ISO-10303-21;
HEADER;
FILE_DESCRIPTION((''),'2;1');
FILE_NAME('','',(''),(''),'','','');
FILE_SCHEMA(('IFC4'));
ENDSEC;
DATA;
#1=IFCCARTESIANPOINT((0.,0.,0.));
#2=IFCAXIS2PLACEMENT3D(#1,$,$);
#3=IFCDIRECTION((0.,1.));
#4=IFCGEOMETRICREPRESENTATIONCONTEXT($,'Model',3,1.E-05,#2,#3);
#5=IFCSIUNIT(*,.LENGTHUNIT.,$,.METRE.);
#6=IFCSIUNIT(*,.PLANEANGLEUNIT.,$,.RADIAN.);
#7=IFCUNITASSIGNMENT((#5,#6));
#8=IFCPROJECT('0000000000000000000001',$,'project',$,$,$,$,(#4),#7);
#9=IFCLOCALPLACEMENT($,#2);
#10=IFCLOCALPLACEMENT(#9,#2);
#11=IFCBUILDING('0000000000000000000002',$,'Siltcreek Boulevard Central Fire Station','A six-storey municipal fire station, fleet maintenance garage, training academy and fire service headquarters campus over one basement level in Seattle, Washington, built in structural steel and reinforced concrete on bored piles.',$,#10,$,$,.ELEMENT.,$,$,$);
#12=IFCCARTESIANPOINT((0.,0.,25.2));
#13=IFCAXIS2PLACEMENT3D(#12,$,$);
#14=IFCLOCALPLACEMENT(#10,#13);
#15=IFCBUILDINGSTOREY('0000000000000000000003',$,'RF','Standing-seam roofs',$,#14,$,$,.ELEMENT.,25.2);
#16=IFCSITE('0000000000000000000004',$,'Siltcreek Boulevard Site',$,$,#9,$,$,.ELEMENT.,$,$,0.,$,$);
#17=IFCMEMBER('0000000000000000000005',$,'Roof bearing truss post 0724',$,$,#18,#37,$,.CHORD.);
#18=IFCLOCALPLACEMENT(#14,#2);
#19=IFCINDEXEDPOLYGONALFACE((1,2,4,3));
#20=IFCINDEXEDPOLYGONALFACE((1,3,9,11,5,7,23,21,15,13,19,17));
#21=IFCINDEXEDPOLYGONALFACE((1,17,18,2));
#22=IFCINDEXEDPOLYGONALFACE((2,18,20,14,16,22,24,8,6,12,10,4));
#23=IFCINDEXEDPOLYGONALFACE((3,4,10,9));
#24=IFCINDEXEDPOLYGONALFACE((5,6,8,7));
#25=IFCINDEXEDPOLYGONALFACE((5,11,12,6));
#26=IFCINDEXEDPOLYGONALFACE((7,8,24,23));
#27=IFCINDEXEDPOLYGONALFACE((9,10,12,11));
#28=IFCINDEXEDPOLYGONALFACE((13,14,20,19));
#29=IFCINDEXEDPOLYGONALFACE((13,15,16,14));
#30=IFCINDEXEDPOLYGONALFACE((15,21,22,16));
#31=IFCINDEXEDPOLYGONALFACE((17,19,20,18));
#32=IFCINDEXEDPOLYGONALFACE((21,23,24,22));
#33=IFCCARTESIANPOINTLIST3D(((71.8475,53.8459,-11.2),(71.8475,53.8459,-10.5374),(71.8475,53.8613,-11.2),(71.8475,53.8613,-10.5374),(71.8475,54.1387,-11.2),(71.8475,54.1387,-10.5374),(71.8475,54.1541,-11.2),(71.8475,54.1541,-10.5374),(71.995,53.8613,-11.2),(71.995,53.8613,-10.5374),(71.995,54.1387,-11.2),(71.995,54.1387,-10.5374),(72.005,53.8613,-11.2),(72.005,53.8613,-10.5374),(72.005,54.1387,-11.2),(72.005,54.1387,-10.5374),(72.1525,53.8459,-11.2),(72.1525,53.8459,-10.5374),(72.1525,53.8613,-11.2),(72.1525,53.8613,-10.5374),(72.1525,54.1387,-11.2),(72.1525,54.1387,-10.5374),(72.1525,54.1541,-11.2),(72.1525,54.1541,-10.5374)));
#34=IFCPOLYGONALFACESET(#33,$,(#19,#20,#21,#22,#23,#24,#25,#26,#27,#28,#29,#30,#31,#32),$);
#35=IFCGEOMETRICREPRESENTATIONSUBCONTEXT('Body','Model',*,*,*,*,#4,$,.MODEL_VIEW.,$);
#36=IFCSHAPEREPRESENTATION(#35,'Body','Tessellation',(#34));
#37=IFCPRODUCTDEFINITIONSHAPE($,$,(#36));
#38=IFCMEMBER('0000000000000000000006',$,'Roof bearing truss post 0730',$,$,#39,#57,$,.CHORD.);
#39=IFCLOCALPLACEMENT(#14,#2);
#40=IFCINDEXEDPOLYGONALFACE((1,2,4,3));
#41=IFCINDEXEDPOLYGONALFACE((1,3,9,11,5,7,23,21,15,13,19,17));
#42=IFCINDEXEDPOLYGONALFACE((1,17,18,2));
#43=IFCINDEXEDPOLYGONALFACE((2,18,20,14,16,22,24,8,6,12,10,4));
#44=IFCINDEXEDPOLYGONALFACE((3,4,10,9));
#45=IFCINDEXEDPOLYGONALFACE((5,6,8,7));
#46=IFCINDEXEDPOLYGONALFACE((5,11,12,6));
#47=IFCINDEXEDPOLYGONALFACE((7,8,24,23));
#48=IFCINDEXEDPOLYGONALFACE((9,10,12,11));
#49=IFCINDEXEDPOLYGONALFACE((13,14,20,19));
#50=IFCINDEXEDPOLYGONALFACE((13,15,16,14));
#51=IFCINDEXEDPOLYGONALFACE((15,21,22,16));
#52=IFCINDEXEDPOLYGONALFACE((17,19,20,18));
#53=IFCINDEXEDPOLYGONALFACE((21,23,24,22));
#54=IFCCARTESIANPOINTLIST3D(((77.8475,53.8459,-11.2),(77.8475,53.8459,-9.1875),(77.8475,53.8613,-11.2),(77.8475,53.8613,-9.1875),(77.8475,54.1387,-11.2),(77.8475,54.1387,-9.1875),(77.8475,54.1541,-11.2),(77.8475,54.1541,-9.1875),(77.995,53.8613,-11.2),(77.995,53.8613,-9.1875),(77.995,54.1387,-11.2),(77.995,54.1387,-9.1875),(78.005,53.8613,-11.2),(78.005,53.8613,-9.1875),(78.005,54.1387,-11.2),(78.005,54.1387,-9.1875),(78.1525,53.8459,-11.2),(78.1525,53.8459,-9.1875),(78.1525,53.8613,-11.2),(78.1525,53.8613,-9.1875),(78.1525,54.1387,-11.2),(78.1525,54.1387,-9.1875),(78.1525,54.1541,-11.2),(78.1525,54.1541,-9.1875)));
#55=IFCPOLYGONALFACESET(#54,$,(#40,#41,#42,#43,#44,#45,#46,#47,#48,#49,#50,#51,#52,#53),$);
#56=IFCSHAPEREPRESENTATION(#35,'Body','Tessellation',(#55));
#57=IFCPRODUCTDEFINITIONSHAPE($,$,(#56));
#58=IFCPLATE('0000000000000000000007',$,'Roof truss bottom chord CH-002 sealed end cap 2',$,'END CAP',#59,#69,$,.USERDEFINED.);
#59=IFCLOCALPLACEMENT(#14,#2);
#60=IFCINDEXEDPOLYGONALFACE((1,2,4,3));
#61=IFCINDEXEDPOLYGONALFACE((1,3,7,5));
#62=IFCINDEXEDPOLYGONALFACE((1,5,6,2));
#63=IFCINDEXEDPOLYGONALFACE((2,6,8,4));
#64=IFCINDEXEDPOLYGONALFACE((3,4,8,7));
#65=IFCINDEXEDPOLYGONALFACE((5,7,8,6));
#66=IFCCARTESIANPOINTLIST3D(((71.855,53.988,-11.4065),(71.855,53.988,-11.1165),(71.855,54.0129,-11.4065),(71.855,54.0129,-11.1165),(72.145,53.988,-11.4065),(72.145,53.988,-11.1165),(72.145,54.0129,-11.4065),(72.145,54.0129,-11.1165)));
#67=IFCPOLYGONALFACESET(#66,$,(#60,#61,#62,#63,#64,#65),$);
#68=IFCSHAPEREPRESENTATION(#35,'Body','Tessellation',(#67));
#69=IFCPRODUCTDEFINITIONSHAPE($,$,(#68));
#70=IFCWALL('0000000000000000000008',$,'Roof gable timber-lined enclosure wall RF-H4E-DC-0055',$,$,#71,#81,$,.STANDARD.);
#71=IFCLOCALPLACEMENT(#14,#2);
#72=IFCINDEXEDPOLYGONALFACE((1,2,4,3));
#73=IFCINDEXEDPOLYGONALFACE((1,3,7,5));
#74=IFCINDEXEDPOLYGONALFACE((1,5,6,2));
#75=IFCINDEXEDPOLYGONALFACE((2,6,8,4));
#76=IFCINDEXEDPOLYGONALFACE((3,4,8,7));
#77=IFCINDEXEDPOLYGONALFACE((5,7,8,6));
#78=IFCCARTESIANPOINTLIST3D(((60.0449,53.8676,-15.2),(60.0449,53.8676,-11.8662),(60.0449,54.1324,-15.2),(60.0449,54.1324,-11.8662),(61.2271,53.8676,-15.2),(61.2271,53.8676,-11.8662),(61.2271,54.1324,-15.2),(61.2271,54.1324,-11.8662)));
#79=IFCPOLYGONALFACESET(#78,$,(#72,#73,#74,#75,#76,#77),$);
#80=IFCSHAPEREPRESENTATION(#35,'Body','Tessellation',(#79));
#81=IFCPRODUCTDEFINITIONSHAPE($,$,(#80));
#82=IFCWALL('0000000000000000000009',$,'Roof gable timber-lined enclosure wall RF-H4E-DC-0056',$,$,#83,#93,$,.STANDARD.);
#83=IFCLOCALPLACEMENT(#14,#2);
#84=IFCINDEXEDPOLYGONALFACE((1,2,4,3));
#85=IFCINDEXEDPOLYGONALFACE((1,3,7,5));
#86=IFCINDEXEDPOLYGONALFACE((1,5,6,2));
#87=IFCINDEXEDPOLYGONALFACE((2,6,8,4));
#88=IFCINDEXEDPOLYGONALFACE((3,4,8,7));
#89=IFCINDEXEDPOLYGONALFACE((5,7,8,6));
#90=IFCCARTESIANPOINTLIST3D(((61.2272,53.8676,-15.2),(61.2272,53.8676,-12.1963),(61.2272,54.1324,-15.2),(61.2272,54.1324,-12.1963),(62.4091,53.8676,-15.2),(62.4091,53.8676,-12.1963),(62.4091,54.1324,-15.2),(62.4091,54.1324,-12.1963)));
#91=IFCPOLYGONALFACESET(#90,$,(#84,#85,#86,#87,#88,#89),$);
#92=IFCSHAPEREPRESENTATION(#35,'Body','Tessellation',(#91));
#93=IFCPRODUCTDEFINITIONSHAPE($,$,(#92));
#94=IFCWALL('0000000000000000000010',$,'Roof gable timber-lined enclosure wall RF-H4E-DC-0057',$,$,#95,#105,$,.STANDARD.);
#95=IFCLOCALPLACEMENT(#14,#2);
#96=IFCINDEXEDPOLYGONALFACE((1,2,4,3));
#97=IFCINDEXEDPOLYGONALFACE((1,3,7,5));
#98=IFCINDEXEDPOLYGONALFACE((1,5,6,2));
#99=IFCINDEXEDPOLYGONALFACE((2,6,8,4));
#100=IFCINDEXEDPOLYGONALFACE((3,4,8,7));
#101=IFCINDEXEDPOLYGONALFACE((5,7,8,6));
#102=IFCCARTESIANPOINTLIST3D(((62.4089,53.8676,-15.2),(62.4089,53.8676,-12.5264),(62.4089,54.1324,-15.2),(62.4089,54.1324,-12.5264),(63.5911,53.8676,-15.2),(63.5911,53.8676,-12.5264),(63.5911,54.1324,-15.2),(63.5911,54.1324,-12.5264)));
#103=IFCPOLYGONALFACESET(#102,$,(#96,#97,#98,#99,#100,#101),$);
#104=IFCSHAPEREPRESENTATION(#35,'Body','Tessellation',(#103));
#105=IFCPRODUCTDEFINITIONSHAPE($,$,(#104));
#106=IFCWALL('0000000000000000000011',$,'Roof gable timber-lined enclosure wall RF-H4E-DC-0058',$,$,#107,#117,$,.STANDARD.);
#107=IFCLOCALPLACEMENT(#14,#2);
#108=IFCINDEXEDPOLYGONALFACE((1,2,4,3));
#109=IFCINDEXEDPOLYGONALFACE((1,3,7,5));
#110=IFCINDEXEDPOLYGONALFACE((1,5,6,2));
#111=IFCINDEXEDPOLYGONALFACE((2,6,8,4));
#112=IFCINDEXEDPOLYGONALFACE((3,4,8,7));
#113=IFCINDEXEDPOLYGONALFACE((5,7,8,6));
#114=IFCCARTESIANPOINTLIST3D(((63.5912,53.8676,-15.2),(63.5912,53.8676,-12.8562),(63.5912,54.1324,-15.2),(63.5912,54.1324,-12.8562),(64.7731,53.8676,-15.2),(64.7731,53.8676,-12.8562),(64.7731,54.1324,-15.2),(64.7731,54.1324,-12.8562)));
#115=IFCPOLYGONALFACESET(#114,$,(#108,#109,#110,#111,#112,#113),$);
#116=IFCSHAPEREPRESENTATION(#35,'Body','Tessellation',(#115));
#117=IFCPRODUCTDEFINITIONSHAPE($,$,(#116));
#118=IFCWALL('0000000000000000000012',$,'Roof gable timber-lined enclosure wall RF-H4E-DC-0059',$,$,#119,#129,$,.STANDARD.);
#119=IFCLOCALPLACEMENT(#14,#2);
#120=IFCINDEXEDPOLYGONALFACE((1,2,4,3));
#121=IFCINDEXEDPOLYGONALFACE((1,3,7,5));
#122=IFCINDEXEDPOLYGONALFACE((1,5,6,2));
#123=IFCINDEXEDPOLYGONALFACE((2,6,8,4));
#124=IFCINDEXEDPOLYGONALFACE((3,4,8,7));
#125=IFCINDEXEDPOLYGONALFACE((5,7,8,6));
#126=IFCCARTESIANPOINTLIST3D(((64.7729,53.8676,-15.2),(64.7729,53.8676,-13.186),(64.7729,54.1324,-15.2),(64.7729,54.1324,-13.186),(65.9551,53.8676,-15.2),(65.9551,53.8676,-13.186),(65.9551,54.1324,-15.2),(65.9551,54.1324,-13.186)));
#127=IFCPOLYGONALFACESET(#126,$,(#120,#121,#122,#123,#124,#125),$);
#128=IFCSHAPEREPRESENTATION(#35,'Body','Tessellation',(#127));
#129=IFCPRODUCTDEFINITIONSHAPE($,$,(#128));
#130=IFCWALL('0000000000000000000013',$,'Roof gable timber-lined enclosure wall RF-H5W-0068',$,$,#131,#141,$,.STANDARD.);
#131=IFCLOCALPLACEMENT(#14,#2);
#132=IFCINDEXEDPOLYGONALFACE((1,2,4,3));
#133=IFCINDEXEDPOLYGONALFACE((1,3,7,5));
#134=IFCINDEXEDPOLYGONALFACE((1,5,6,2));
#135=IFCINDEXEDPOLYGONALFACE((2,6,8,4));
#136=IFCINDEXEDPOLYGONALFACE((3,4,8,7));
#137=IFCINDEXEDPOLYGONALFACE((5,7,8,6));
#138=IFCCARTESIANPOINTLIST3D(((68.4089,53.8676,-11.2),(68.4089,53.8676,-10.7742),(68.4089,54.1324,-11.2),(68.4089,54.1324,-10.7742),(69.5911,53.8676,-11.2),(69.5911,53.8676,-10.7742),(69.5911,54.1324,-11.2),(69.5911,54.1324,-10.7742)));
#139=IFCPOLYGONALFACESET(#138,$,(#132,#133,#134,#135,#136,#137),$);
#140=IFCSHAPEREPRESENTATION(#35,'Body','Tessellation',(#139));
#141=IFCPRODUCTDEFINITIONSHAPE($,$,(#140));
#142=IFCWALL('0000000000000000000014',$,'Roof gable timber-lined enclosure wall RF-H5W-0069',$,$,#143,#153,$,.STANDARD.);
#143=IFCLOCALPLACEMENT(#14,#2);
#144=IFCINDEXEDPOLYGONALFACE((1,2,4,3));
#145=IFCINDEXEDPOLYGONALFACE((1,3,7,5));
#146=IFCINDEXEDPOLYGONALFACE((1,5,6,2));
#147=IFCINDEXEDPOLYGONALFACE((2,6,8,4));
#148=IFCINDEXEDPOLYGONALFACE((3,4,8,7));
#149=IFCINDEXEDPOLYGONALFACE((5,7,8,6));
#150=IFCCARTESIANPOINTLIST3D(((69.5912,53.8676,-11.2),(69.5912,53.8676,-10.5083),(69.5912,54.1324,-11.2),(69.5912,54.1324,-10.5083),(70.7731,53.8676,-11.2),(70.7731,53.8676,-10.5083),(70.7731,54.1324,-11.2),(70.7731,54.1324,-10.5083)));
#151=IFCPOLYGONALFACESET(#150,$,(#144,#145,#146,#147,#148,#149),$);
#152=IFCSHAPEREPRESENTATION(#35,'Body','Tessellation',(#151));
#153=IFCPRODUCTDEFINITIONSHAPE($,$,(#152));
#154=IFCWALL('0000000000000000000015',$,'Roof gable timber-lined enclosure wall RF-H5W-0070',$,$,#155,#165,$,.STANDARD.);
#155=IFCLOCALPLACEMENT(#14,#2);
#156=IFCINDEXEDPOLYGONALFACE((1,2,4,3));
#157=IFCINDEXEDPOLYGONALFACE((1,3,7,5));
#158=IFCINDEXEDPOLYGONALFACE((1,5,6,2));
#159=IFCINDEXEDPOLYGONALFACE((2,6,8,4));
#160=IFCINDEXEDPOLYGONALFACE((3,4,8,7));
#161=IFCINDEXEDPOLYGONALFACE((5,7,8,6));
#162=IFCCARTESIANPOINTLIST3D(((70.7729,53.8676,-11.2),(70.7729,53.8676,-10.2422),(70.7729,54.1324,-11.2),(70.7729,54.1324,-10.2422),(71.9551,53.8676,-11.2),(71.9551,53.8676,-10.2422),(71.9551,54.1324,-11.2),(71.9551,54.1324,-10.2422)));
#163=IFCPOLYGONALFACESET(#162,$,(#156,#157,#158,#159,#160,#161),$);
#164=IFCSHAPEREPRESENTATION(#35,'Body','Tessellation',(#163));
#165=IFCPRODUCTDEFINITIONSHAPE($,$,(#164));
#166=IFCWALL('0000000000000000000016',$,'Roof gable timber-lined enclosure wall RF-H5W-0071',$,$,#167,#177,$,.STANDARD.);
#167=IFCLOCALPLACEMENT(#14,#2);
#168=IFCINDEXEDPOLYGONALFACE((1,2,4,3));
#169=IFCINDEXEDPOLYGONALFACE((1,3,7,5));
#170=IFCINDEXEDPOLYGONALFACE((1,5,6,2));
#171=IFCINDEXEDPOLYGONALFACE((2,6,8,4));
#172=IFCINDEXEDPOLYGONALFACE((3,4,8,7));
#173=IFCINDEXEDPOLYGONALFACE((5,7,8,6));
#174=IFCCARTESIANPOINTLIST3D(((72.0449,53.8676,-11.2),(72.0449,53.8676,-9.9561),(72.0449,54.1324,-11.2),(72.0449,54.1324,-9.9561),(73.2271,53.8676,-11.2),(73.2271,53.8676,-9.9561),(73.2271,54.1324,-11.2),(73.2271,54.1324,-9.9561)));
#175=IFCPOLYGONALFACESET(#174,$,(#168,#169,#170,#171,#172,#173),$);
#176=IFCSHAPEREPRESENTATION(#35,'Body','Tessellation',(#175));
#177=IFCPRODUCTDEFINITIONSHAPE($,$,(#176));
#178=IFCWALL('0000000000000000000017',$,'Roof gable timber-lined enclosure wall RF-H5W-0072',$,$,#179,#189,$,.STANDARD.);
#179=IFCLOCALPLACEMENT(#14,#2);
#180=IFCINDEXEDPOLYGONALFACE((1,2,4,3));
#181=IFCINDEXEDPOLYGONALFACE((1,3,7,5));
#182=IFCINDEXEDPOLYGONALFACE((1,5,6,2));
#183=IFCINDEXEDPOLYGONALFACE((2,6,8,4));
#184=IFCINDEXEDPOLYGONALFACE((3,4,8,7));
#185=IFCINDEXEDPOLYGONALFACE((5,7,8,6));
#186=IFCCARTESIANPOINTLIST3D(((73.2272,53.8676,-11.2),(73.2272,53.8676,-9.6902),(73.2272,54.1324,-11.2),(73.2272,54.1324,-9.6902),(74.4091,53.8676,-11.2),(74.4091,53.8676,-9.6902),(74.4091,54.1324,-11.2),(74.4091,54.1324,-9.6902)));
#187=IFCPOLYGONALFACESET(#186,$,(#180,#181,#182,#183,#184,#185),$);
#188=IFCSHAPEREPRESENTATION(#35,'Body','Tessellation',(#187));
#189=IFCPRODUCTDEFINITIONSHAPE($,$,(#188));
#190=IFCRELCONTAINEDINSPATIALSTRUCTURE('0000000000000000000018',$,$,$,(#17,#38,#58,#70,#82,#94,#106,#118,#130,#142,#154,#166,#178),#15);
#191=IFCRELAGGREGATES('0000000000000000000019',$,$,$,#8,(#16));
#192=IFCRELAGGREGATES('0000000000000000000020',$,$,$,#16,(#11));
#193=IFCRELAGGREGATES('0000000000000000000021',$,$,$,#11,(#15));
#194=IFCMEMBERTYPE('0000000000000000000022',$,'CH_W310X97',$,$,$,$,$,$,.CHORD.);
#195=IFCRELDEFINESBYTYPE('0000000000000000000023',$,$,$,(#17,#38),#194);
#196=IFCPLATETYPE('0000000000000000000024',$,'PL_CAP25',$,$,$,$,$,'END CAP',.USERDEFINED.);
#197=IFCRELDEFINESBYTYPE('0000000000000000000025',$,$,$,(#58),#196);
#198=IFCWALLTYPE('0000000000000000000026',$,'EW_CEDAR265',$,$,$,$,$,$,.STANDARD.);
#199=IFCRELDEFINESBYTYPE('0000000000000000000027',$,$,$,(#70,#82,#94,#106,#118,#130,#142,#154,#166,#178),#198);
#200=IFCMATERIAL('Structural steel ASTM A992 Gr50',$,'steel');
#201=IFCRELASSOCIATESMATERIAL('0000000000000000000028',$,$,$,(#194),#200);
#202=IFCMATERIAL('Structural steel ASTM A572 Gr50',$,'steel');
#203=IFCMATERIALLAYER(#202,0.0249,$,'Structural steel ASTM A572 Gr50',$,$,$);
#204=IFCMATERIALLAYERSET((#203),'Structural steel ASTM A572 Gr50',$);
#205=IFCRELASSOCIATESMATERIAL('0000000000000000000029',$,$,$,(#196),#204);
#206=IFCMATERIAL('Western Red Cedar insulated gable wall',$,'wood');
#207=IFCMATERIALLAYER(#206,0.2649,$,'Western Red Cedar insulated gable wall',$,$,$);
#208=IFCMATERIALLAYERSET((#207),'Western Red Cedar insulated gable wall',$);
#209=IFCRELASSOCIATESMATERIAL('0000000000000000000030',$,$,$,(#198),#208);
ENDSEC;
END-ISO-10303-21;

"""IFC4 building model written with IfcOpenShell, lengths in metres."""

from ifc_helpers import new_model, si_unit, direction, frame, frame_2d, origin, origin_2d, place, context, subcontext, project, spatial, rectangle, i_section, extrude, material, layer, layer_set, material_profile, profile_set, type_object, element, save


model = new_model("IFC4")

# Units and contexts
model_context = context("Model", 3, precision=1e-05, world=origin(), true_north=direction((0.0, 1.0)))
body_context = subcontext(model_context, "Body", "Model", "MODEL_VIEW")
ifc_project = project(units=[si_unit("LENGTHUNIT", "METRE"), si_unit("PLANEANGLEUNIT", "RADIAN")], contexts=[model_context])

# Site, building, storey
site_placement = place(None, origin())
site = spatial("IfcSite", under=ifc_project, at=site_placement, Name="Siltcreek Boulevard Site", CompositionType="ELEMENT", RefElevation=0.0)
building_placement = place(site_placement, origin())
building = spatial("IfcBuilding", under=site, at=building_placement, Name="Siltcreek Boulevard Central Fire Station", Description="A six-storey municipal fire station, fleet maintenance garage, training academy and fire service headquarters campus over one basement level in Seattle, Washington, built in structural steel and reinforced concrete on bored piles.", CompositionType="ELEMENT")
storey_placement = place(building_placement, frame((0.0, 0.0, 25.2)))
storey = spatial("IfcBuildingStorey", under=building, at=storey_placement, Name="RF", Description="Standing-seam roofs", CompositionType="ELEMENT", Elevation=25.2)

# Members
ifc_material_1 = material(Name="Structural steel ASTM A992 Gr50", Category="steel")
ifc_material_profile = material_profile(ifc_material_1, i_section(OverallWidth=0.3049, OverallDepth=0.3081, WebThickness=0.01, FlangeThickness=0.0154, at=origin_2d()), Name="W310X97")
ifc_profile_set = profile_set([ifc_material_profile], Name="Structural steel ASTM A992 Gr50")
member_type = type_object("IfcMemberType", Name="CH_W310X97", PredefinedType="CHORD", material=ifc_profile_set)
member_1_placement = place(storey_placement, frame((72.0, 54.0, -11.2), z_axis=(0.0, 0.0, 1.0), x_axis=(1.0, 0.0, 0.0)))
element("IfcMember", 1, at=member_1_placement, inside=storey, type_object=member_type, Name="Roof bearing truss post 0724", PredefinedType="CHORD", context=body_context, shape_type="SweptSolid", body=[
    extrude(i_section(OverallWidth=0.3049, OverallDepth=0.3081, WebThickness=0.01, FlangeThickness=0.0154, at=origin_2d()), origin(), (0.0, 0.0, 1.0), 0.6626),
])
member_2_placement = place(storey_placement, frame((78.0, 54.0, -11.2), z_axis=(0.0, 0.0, 1.0), x_axis=(1.0, 0.0, 0.0)))
element("IfcMember", 2, at=member_2_placement, inside=storey, type_object=member_type, Name="Roof bearing truss post 0730", PredefinedType="CHORD", context=body_context, shape_type="SweptSolid", body=[
    extrude(i_section(OverallWidth=0.3049, OverallDepth=0.3081, WebThickness=0.01, FlangeThickness=0.0154, at=origin_2d()), origin(), (0.0, 0.0, 1.0), 2.0125),
])

# Plate
ifc_material_2 = material(Name="Structural steel ASTM A572 Gr50", Category="steel")
ifc_layer_1 = layer(ifc_material_2, 0.0249, Name="Structural steel ASTM A572 Gr50")
ifc_layer_set_1 = layer_set([ifc_layer_1], Name="Structural steel ASTM A572 Gr50")
plate_type = type_object("IfcPlateType", Name="PL_CAP25", ElementType="END CAP", PredefinedType="USERDEFINED", material=ifc_layer_set_1)
plate_placement = place(storey_placement, frame((72.0, 54.0005, -11.4065), z_axis=(0.0, 0.0, 1.0), x_axis=(0.0, 1.0, 0.0)))
element("IfcPlate", 3, at=plate_placement, inside=storey, type_object=plate_type, Name="Roof truss bottom chord CH-002 sealed end cap 2", ObjectType="END CAP", PredefinedType="USERDEFINED", context=body_context, shape_type="SweptSolid", body=[
    extrude(rectangle(XDim=0.0249, YDim=0.29, at=origin_2d()), origin(), (0.0, 0.0, 1.0), 0.29),
])

# Walls
ifc_material_3 = material(Name="Western Red Cedar insulated gable wall", Category="wood")
ifc_layer_2 = layer(ifc_material_3, 0.2649, Name="Western Red Cedar insulated gable wall")
ifc_layer_set_2 = layer_set([ifc_layer_2], Name="Western Red Cedar insulated gable wall")
wall_type = type_object("IfcWallType", Name="EW_CEDAR265", PredefinedType="STANDARD", material=ifc_layer_set_2)
wall_1_placement = place(storey_placement, frame((61.2271, 54.0, -15.2), z_axis=(0.0, 0.0, 1.0), x_axis=(-1.0, 0.0, 0.0)))
element("IfcWall", 4, at=wall_1_placement, inside=storey, type_object=wall_type, Name="Roof gable timber-lined enclosure wall RF-H4E-DC-0055", PredefinedType="STANDARD", context=body_context, shape_type="SweptSolid", body=[
    extrude(rectangle(XDim=1.1821, YDim=0.2649, at=frame_2d((0.5911, 0.0))), origin(), (0.0, 0.0, 1.0), 3.3337),
])
wall_2_placement = place(storey_placement, frame((62.4089, 54.0, -15.2), z_axis=(0.0, 0.0, 1.0), x_axis=(-1.0, 0.0, 0.0)))
element("IfcWall", 5, at=wall_2_placement, inside=storey, type_object=wall_type, Name="Roof gable timber-lined enclosure wall RF-H4E-DC-0056", PredefinedType="STANDARD", context=body_context, shape_type="SweptSolid", body=[
    extrude(rectangle(XDim=1.1819, YDim=0.2649, at=frame_2d((0.5908, 0.0))), origin(), (0.0, 0.0, 1.0), 3.0037),
])
wall_3_placement = place(storey_placement, frame((63.5911, 54.0, -15.2), z_axis=(0.0, 0.0, 1.0), x_axis=(-1.0, 0.0, 0.0)))
element("IfcWall", 6, at=wall_3_placement, inside=storey, type_object=wall_type, Name="Roof gable timber-lined enclosure wall RF-H4E-DC-0057", PredefinedType="STANDARD", context=body_context, shape_type="SweptSolid", body=[
    extrude(rectangle(XDim=1.1821, YDim=0.2649, at=frame_2d((0.5911, 0.0))), origin(), (0.0, 0.0, 1.0), 2.6736),
])
wall_4_placement = place(storey_placement, frame((64.7729, 54.0, -15.2), z_axis=(0.0, 0.0, 1.0), x_axis=(-1.0, 0.0, 0.0)))
element("IfcWall", 7, at=wall_4_placement, inside=storey, type_object=wall_type, Name="Roof gable timber-lined enclosure wall RF-H4E-DC-0058", PredefinedType="STANDARD", context=body_context, shape_type="SweptSolid", body=[
    extrude(rectangle(XDim=1.1819, YDim=0.2649, at=frame_2d((0.5908, 0.0))), origin(), (0.0, 0.0, 1.0), 2.3438),
])
wall_5_placement = place(storey_placement, frame((65.9551, 54.0, -15.2), z_axis=(0.0, 0.0, 1.0), x_axis=(-1.0, 0.0, 0.0)))
element("IfcWall", 8, at=wall_5_placement, inside=storey, type_object=wall_type, Name="Roof gable timber-lined enclosure wall RF-H4E-DC-0059", PredefinedType="STANDARD", context=body_context, shape_type="SweptSolid", body=[
    extrude(rectangle(XDim=1.1821, YDim=0.2649, at=frame_2d((0.5911, 0.0))), origin(), (0.0, 0.0, 1.0), 2.0139),
])
wall_6_placement = place(storey_placement, frame((69.5911, 54.0, -11.2), z_axis=(0.0, 0.0, 1.0), x_axis=(-1.0, 0.0, 0.0)))
element("IfcWall", 9, at=wall_6_placement, inside=storey, type_object=wall_type, Name="Roof gable timber-lined enclosure wall RF-H5W-0068", PredefinedType="STANDARD", context=body_context, shape_type="SweptSolid", body=[
    extrude(rectangle(XDim=1.1821, YDim=0.2649, at=frame_2d((0.5911, 0.0))), origin(), (0.0, 0.0, 1.0), 0.4258),
])
wall_7_placement = place(storey_placement, frame((70.7729, 54.0, -11.2), z_axis=(0.0, 0.0, 1.0), x_axis=(-1.0, 0.0, 0.0)))
element("IfcWall", 10, at=wall_7_placement, inside=storey, type_object=wall_type, Name="Roof gable timber-lined enclosure wall RF-H5W-0069", PredefinedType="STANDARD", context=body_context, shape_type="SweptSolid", body=[
    extrude(rectangle(XDim=1.1819, YDim=0.2649, at=frame_2d((0.5908, 0.0))), origin(), (0.0, 0.0, 1.0), 0.6917),
])
wall_8_placement = place(storey_placement, frame((71.9551, 54.0, -11.2), z_axis=(0.0, 0.0, 1.0), x_axis=(-1.0, 0.0, 0.0)))
element("IfcWall", 11, at=wall_8_placement, inside=storey, type_object=wall_type, Name="Roof gable timber-lined enclosure wall RF-H5W-0070", PredefinedType="STANDARD", context=body_context, shape_type="SweptSolid", body=[
    extrude(rectangle(XDim=1.1821, YDim=0.2649, at=frame_2d((0.5911, 0.0))), origin(), (0.0, 0.0, 1.0), 0.9578),
])
wall_9_placement = place(storey_placement, frame((73.2271, 54.0, -11.2), z_axis=(0.0, 0.0, 1.0), x_axis=(-1.0, 0.0, 0.0)))
element("IfcWall", 12, at=wall_9_placement, inside=storey, type_object=wall_type, Name="Roof gable timber-lined enclosure wall RF-H5W-0071", PredefinedType="STANDARD", context=body_context, shape_type="SweptSolid", body=[
    extrude(rectangle(XDim=1.1821, YDim=0.2649, at=frame_2d((0.5911, 0.0))), origin(), (0.0, 0.0, 1.0), 1.2439),
])
wall_10_placement = place(storey_placement, frame((74.4089, 54.0, -11.2), z_axis=(0.0, 0.0, 1.0), x_axis=(-1.0, 0.0, 0.0)))
element("IfcWall", 13, at=wall_10_placement, inside=storey, type_object=wall_type, Name="Roof gable timber-lined enclosure wall RF-H5W-0072", PredefinedType="STANDARD", context=body_context, shape_type="SweptSolid", body=[
    extrude(rectangle(XDim=1.1819, YDim=0.2649, at=frame_2d((0.5908, 0.0))), origin(), (0.0, 0.0, 1.0), 1.5098),
])

save(model, "model.ifc")
